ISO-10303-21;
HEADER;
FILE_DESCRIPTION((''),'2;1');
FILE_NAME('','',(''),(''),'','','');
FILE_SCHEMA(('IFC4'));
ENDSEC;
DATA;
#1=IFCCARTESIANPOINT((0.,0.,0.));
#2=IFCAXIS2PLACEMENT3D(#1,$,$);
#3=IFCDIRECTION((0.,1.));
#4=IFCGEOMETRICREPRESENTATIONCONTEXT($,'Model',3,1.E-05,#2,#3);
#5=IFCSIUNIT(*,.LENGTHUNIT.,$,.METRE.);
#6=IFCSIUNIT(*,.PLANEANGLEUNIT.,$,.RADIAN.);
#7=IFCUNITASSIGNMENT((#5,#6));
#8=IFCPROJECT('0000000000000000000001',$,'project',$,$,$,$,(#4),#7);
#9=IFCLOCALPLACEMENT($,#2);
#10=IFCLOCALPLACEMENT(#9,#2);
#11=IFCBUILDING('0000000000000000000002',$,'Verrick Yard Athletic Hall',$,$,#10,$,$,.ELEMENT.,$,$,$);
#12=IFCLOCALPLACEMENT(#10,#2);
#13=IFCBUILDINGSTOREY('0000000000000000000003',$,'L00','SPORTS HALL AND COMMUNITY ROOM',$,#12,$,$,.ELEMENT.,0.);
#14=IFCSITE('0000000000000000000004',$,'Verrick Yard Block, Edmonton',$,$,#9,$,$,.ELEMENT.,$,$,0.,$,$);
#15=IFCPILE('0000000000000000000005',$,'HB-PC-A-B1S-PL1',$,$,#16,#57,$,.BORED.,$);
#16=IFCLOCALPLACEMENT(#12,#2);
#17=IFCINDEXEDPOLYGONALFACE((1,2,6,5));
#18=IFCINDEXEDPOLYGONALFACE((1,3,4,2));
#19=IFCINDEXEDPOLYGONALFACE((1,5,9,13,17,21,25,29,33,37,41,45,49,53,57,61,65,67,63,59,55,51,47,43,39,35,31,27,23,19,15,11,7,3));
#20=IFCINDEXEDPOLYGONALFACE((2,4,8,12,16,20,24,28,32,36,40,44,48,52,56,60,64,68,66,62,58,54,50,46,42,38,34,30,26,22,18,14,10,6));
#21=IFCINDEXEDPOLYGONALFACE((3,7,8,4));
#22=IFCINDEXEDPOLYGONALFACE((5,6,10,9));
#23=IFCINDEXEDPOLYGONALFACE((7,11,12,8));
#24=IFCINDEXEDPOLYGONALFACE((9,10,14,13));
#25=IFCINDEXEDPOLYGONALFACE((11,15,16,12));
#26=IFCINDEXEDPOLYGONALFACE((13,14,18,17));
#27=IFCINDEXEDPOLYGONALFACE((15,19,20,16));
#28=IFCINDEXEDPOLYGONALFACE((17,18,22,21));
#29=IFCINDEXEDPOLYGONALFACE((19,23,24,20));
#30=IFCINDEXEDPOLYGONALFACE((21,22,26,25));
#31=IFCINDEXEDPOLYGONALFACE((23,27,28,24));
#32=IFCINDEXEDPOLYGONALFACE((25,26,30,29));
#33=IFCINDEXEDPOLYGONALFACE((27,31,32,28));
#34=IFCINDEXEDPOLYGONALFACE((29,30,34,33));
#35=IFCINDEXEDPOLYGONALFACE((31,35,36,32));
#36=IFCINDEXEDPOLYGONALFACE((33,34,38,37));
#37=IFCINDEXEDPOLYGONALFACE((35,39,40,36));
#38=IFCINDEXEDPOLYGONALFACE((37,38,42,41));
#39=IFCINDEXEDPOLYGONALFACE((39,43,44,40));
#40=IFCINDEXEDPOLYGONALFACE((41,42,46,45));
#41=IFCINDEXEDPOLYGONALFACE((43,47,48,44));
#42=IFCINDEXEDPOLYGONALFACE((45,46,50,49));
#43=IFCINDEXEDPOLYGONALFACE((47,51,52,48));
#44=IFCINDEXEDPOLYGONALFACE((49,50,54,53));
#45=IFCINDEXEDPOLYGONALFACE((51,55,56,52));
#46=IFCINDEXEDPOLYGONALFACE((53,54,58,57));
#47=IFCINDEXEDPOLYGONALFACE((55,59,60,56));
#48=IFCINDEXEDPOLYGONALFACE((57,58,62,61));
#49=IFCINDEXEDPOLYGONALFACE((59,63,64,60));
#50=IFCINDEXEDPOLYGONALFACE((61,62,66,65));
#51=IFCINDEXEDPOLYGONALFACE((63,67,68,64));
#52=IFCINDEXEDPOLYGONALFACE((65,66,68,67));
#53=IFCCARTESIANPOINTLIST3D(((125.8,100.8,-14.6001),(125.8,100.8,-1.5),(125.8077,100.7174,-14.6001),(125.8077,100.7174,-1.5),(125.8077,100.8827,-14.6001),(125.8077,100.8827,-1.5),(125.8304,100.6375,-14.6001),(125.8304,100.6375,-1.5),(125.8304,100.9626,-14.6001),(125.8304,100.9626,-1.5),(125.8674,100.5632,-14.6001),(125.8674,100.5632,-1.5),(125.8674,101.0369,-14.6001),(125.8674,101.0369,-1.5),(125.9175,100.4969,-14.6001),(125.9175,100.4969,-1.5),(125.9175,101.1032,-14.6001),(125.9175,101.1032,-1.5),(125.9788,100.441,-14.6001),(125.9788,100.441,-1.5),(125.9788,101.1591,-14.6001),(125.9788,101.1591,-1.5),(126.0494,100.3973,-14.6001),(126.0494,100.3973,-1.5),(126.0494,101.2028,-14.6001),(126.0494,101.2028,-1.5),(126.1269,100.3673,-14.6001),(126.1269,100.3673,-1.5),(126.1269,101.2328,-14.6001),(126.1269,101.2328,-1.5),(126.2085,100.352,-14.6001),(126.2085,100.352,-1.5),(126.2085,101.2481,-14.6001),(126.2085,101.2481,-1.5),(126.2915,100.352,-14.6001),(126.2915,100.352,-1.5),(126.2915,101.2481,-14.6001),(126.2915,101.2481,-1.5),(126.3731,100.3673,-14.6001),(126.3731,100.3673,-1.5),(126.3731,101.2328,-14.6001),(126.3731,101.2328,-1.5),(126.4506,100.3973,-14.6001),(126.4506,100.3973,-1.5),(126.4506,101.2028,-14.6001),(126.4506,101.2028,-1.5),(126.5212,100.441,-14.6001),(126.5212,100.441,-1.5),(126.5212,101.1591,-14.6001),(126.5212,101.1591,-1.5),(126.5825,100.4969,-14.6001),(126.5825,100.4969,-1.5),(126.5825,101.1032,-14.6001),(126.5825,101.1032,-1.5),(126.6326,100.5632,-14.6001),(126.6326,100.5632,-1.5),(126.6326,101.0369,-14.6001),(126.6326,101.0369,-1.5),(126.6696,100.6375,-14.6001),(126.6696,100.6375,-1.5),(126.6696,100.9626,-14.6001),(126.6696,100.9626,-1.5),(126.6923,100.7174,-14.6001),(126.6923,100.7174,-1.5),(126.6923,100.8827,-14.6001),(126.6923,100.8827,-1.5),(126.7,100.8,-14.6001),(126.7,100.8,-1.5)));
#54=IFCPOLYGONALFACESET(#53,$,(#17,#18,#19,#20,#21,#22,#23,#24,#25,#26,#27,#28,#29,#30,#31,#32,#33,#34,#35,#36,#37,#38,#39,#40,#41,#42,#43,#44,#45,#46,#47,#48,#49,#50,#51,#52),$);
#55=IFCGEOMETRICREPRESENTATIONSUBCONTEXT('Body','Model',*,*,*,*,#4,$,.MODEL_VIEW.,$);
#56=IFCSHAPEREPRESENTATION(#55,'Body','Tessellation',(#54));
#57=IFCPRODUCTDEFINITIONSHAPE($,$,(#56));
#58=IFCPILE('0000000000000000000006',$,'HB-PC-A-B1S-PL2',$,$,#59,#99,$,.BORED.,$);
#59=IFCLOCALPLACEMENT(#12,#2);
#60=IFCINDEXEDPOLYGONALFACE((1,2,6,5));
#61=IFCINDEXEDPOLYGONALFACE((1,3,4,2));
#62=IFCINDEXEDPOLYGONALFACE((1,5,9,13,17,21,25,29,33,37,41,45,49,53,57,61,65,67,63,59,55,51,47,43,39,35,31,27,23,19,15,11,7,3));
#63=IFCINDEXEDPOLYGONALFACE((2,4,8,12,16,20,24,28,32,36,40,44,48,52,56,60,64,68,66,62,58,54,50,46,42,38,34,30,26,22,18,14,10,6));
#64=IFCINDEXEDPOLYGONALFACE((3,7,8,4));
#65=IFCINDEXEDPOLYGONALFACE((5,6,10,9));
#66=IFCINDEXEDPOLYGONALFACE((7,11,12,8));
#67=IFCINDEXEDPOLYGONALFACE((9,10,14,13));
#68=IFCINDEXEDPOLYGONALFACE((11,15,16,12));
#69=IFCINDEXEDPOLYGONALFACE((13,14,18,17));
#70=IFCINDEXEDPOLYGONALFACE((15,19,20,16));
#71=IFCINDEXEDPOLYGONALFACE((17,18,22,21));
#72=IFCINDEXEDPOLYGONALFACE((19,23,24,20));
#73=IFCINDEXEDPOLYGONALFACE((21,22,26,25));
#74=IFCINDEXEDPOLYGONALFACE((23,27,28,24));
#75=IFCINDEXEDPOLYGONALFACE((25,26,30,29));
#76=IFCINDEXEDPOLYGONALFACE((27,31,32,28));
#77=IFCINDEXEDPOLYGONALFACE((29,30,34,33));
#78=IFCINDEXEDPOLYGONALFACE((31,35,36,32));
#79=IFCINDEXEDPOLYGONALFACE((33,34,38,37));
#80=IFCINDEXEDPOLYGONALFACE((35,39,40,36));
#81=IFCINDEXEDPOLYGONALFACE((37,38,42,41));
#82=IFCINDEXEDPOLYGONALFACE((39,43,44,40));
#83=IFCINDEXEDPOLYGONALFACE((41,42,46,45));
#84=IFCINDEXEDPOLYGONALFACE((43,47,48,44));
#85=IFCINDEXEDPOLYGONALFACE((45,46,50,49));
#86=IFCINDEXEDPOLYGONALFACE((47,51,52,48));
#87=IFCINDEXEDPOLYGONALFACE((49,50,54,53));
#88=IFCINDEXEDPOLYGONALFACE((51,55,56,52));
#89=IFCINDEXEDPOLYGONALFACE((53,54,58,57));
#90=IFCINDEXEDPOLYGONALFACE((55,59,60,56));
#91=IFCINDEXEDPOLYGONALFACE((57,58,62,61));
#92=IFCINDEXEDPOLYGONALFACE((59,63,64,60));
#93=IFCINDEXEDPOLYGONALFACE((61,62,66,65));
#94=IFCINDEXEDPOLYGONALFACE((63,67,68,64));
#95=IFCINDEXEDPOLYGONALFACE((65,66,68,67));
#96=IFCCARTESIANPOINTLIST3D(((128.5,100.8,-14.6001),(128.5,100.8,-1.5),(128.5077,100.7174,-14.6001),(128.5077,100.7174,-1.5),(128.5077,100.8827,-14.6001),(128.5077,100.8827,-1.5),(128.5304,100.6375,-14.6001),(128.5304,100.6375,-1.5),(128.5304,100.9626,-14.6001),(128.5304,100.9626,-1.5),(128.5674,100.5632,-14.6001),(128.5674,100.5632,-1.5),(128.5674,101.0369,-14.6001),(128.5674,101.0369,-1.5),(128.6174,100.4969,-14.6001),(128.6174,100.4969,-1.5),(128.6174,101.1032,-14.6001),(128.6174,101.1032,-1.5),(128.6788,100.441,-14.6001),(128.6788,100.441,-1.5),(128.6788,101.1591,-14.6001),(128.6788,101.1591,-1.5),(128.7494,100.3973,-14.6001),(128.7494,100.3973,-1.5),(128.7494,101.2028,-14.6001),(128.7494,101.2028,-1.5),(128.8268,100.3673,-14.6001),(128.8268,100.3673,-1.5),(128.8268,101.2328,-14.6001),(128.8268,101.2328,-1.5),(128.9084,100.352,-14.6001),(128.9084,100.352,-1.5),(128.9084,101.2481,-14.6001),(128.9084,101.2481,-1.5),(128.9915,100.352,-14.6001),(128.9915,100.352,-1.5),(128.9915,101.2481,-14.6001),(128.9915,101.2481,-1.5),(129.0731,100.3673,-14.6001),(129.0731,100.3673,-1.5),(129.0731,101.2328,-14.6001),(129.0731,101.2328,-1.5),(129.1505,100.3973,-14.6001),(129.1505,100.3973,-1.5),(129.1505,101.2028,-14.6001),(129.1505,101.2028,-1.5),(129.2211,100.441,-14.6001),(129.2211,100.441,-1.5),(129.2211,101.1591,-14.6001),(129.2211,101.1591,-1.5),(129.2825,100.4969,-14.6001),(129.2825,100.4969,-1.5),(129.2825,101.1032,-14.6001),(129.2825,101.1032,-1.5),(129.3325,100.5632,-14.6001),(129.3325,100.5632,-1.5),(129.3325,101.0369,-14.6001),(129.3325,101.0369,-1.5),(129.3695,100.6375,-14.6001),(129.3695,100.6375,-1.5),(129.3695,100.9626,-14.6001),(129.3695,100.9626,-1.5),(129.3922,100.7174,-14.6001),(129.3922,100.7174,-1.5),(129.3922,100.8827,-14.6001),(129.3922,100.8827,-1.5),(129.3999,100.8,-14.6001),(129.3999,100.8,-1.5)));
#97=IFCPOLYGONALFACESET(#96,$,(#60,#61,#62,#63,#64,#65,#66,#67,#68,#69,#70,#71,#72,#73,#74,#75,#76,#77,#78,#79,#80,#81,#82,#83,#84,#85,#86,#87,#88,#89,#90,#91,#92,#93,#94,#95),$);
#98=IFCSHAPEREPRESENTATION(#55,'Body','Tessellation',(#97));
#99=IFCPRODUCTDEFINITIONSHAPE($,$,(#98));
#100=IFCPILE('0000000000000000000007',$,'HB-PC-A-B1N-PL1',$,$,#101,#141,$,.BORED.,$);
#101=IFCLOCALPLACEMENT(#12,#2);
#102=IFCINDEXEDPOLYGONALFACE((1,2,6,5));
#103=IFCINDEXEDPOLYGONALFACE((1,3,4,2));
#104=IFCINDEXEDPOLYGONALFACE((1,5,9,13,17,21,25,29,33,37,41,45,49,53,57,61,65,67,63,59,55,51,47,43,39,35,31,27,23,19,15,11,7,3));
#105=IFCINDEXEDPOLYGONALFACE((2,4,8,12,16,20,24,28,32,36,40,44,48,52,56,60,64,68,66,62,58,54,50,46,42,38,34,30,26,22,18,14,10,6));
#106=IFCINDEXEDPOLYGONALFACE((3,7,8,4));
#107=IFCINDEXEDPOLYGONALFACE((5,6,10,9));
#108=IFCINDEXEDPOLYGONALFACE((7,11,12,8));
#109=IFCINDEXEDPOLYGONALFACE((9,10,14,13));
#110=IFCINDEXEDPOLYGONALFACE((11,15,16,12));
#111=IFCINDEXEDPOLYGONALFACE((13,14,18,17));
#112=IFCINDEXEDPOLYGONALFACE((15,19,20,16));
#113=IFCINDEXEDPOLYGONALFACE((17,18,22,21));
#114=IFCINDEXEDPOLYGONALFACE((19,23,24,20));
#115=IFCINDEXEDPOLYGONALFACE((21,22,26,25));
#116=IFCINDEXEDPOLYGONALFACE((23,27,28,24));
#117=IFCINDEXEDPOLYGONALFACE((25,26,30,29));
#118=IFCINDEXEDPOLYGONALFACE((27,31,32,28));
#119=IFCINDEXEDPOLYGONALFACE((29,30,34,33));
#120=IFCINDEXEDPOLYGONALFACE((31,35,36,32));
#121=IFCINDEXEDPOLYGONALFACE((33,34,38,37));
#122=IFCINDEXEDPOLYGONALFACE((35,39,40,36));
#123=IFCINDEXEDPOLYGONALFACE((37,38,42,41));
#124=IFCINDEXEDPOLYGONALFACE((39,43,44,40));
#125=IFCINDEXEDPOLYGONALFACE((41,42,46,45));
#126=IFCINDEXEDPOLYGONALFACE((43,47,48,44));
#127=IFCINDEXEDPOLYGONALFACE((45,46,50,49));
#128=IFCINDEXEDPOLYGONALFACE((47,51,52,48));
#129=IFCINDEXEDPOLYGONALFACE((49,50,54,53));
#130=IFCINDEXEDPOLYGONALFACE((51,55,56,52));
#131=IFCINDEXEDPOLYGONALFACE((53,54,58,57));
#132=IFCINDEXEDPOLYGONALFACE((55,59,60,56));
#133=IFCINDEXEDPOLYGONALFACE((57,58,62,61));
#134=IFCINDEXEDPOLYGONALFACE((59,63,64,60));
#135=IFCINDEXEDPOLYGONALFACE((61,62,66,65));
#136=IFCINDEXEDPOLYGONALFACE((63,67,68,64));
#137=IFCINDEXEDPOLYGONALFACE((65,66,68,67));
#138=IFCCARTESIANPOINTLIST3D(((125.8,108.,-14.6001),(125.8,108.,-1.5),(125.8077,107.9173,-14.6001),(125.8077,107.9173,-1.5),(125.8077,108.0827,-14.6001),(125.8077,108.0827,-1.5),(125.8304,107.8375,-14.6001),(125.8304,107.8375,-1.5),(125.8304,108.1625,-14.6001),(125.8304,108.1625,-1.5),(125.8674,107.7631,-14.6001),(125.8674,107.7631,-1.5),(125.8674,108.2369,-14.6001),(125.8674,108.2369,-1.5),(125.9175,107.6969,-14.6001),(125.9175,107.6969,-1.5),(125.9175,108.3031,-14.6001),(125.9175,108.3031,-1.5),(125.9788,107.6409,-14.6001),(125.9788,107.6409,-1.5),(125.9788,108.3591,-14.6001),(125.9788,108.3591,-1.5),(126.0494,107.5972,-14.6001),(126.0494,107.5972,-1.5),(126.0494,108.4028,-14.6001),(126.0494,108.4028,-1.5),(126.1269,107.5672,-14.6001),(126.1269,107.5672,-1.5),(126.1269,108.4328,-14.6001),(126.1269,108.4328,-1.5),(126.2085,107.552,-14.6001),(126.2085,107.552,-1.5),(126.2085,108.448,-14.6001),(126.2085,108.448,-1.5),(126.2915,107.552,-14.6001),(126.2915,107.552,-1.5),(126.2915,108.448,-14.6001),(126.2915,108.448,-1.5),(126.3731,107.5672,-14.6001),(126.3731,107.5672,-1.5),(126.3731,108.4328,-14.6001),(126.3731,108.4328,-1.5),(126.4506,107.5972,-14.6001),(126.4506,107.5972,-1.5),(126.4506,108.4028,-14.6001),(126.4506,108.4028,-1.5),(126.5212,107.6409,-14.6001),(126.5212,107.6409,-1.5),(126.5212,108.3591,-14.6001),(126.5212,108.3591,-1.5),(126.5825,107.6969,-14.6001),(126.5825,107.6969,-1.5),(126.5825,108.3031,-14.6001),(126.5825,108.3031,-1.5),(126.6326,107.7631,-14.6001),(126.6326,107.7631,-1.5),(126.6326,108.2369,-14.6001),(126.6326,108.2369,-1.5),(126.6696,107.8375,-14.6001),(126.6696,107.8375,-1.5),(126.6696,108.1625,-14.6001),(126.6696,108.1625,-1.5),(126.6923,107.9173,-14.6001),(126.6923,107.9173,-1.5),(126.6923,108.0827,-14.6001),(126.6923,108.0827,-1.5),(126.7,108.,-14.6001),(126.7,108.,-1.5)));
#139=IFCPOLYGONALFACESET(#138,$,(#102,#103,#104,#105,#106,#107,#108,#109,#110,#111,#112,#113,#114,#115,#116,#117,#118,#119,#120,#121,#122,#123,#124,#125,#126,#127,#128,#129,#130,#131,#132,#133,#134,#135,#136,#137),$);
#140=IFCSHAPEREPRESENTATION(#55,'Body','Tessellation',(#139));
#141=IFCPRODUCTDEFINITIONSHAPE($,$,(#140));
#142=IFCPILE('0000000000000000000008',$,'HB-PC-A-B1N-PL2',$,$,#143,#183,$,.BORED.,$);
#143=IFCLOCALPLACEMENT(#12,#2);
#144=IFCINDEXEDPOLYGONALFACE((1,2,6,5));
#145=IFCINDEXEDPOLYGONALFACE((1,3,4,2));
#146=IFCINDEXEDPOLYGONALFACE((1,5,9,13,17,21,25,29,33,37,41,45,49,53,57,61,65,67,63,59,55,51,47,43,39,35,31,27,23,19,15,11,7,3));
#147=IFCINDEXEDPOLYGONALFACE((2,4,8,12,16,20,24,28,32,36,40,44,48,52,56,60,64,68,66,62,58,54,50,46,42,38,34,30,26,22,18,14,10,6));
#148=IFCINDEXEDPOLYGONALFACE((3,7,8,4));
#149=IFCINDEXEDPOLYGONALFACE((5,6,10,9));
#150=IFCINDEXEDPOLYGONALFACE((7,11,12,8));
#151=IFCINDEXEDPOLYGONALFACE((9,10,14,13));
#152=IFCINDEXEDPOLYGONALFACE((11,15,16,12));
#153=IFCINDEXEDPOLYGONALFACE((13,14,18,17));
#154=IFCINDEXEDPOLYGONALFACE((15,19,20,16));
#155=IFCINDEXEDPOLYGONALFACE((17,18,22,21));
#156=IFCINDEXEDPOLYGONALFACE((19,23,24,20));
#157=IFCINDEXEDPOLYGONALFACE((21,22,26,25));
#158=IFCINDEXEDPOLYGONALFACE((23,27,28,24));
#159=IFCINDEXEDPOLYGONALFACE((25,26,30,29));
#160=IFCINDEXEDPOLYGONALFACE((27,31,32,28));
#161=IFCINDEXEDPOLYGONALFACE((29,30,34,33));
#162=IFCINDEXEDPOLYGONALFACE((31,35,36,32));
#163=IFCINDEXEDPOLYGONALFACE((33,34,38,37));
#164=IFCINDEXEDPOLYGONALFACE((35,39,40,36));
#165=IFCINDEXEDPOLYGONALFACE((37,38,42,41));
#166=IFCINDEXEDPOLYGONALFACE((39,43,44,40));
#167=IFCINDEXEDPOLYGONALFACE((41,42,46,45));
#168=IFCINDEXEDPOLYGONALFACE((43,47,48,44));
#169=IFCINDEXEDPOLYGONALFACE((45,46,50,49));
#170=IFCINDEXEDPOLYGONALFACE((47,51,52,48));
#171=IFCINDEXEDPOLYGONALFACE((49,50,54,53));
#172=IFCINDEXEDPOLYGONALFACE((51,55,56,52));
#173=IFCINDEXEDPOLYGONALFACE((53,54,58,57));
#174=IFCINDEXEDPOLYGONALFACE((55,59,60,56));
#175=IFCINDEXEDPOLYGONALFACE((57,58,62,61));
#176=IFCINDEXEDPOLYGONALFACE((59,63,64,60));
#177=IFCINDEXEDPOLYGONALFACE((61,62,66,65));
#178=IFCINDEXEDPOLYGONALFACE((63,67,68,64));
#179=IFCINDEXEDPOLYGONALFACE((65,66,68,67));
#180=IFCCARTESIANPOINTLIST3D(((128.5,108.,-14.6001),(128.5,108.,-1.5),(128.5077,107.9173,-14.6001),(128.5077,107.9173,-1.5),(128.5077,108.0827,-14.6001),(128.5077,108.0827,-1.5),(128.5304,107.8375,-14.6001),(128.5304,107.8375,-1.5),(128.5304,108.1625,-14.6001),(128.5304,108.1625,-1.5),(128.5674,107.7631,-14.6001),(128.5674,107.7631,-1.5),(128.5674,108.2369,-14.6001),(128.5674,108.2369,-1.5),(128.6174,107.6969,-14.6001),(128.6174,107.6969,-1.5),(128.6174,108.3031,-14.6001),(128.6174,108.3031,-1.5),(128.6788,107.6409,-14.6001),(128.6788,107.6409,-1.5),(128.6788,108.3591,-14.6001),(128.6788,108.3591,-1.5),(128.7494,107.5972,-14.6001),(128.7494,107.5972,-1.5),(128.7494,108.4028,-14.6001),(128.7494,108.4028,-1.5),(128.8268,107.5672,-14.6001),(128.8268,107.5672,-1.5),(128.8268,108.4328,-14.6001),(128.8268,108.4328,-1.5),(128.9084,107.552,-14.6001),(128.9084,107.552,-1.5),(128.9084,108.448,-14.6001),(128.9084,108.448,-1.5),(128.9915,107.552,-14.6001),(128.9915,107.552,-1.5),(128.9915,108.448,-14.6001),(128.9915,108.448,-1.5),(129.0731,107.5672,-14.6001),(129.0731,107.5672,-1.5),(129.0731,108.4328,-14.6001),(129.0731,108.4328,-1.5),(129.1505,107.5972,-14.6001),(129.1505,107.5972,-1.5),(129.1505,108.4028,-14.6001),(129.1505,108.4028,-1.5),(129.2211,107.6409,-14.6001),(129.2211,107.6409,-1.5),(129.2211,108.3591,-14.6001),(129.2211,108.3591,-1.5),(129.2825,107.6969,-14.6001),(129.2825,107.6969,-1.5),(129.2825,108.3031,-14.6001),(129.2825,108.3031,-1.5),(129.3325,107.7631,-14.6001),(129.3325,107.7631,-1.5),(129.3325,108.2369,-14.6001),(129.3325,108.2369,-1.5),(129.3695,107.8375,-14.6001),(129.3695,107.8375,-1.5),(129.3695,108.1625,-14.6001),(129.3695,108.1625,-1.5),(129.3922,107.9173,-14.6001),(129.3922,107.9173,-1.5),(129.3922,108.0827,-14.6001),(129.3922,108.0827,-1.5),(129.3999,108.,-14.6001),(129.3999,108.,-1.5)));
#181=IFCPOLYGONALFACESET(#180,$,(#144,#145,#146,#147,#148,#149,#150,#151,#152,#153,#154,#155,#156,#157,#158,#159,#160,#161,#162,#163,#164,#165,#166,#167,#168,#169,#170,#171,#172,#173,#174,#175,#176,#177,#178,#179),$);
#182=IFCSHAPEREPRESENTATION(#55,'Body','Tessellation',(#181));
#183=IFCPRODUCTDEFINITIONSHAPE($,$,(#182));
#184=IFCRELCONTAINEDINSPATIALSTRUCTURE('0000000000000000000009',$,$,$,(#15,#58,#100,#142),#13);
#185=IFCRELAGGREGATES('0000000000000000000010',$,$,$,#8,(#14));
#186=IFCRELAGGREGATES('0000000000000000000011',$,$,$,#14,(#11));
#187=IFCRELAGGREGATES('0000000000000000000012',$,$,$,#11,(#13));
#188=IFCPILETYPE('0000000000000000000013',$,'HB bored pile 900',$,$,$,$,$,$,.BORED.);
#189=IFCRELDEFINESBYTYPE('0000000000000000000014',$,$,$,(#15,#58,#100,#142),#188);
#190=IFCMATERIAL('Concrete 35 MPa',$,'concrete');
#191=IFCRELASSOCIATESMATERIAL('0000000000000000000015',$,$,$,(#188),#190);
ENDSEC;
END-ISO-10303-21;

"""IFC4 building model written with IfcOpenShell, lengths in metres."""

from ifc_helpers import new_model, si_unit, direction, frame, origin, origin_2d, place, context, subcontext, project, spatial, circle, extrude, material, material_profile, profile_set, type_object, element, save


model = new_model("IFC4")

# Units and contexts
model_context = context("Model", 3, precision=1e-05, world=origin(), true_north=direction((0.0, 1.0)))
body_context = subcontext(model_context, "Body", "Model", "MODEL_VIEW")
ifc_project = project(units=[si_unit("LENGTHUNIT", "METRE"), si_unit("PLANEANGLEUNIT", "RADIAN")], contexts=[model_context])

# Site, building, storey
site_placement = place(None, origin())
site = spatial("IfcSite", under=ifc_project, at=site_placement, Name="Verrick Yard Block, Edmonton", CompositionType="ELEMENT", RefElevation=0.0)
building_placement = place(site_placement, origin())
building = spatial("IfcBuilding", under=site, at=building_placement, Name="Verrick Yard Athletic Hall", CompositionType="ELEMENT")
storey_placement = place(building_placement, origin())
storey = spatial("IfcBuildingStorey", under=building, at=storey_placement, Name="L00", Description="SPORTS HALL AND COMMUNITY ROOM", CompositionType="ELEMENT", Elevation=0.0)

# Piles
ifc_material_1 = material(Name="Concrete 35 MPa", Category="concrete")
ifc_material_profile_1 = material_profile(ifc_material_1, circle(Radius=0.45, at=origin_2d()), Name="Bored pile 900")
ifc_profile_set_1 = profile_set([ifc_material_profile_1], Name="Concrete 35 MPa")
pile_type = type_object("IfcPileType", Name="HB bored pile 900", PredefinedType="BORED", material=ifc_profile_set_1)
for number, where, z_axis, x_axis, name in (
    (1, (126.25, 100.8, -1.5), (0.0, 0.0, -1.0), (1.0, 0.0, 0.0), "HB-PC-A-B1S-PL1"),
    (2, (128.95, 100.8, -1.5), (0.0, 0.0, -1.0), (1.0, 0.0, 0.0), "HB-PC-A-B1S-PL2"),
    (3, (126.25, 108.0, -1.5), (0.0, 0.0, -1.0), (1.0, 0.0, 0.0), "HB-PC-A-B1N-PL1"),
    (4, (128.95, 108.0, -1.5), (0.0, 0.0, -1.0), (1.0, 0.0, 0.0), "HB-PC-A-B1N-PL2"),
):
    element("IfcPile", number, at=place(storey_placement, frame(where, z_axis=z_axis, x_axis=x_axis)), inside=storey, type_object=pile_type, Name=name, PredefinedType="BORED", context=body_context, shape_type="SweptSolid", body=[
        extrude(circle(Radius=0.45, at=origin_2d()), origin(), (0.0, 0.0, 1.0), 13.1001),
    ])

save(model, "model.ifc")
